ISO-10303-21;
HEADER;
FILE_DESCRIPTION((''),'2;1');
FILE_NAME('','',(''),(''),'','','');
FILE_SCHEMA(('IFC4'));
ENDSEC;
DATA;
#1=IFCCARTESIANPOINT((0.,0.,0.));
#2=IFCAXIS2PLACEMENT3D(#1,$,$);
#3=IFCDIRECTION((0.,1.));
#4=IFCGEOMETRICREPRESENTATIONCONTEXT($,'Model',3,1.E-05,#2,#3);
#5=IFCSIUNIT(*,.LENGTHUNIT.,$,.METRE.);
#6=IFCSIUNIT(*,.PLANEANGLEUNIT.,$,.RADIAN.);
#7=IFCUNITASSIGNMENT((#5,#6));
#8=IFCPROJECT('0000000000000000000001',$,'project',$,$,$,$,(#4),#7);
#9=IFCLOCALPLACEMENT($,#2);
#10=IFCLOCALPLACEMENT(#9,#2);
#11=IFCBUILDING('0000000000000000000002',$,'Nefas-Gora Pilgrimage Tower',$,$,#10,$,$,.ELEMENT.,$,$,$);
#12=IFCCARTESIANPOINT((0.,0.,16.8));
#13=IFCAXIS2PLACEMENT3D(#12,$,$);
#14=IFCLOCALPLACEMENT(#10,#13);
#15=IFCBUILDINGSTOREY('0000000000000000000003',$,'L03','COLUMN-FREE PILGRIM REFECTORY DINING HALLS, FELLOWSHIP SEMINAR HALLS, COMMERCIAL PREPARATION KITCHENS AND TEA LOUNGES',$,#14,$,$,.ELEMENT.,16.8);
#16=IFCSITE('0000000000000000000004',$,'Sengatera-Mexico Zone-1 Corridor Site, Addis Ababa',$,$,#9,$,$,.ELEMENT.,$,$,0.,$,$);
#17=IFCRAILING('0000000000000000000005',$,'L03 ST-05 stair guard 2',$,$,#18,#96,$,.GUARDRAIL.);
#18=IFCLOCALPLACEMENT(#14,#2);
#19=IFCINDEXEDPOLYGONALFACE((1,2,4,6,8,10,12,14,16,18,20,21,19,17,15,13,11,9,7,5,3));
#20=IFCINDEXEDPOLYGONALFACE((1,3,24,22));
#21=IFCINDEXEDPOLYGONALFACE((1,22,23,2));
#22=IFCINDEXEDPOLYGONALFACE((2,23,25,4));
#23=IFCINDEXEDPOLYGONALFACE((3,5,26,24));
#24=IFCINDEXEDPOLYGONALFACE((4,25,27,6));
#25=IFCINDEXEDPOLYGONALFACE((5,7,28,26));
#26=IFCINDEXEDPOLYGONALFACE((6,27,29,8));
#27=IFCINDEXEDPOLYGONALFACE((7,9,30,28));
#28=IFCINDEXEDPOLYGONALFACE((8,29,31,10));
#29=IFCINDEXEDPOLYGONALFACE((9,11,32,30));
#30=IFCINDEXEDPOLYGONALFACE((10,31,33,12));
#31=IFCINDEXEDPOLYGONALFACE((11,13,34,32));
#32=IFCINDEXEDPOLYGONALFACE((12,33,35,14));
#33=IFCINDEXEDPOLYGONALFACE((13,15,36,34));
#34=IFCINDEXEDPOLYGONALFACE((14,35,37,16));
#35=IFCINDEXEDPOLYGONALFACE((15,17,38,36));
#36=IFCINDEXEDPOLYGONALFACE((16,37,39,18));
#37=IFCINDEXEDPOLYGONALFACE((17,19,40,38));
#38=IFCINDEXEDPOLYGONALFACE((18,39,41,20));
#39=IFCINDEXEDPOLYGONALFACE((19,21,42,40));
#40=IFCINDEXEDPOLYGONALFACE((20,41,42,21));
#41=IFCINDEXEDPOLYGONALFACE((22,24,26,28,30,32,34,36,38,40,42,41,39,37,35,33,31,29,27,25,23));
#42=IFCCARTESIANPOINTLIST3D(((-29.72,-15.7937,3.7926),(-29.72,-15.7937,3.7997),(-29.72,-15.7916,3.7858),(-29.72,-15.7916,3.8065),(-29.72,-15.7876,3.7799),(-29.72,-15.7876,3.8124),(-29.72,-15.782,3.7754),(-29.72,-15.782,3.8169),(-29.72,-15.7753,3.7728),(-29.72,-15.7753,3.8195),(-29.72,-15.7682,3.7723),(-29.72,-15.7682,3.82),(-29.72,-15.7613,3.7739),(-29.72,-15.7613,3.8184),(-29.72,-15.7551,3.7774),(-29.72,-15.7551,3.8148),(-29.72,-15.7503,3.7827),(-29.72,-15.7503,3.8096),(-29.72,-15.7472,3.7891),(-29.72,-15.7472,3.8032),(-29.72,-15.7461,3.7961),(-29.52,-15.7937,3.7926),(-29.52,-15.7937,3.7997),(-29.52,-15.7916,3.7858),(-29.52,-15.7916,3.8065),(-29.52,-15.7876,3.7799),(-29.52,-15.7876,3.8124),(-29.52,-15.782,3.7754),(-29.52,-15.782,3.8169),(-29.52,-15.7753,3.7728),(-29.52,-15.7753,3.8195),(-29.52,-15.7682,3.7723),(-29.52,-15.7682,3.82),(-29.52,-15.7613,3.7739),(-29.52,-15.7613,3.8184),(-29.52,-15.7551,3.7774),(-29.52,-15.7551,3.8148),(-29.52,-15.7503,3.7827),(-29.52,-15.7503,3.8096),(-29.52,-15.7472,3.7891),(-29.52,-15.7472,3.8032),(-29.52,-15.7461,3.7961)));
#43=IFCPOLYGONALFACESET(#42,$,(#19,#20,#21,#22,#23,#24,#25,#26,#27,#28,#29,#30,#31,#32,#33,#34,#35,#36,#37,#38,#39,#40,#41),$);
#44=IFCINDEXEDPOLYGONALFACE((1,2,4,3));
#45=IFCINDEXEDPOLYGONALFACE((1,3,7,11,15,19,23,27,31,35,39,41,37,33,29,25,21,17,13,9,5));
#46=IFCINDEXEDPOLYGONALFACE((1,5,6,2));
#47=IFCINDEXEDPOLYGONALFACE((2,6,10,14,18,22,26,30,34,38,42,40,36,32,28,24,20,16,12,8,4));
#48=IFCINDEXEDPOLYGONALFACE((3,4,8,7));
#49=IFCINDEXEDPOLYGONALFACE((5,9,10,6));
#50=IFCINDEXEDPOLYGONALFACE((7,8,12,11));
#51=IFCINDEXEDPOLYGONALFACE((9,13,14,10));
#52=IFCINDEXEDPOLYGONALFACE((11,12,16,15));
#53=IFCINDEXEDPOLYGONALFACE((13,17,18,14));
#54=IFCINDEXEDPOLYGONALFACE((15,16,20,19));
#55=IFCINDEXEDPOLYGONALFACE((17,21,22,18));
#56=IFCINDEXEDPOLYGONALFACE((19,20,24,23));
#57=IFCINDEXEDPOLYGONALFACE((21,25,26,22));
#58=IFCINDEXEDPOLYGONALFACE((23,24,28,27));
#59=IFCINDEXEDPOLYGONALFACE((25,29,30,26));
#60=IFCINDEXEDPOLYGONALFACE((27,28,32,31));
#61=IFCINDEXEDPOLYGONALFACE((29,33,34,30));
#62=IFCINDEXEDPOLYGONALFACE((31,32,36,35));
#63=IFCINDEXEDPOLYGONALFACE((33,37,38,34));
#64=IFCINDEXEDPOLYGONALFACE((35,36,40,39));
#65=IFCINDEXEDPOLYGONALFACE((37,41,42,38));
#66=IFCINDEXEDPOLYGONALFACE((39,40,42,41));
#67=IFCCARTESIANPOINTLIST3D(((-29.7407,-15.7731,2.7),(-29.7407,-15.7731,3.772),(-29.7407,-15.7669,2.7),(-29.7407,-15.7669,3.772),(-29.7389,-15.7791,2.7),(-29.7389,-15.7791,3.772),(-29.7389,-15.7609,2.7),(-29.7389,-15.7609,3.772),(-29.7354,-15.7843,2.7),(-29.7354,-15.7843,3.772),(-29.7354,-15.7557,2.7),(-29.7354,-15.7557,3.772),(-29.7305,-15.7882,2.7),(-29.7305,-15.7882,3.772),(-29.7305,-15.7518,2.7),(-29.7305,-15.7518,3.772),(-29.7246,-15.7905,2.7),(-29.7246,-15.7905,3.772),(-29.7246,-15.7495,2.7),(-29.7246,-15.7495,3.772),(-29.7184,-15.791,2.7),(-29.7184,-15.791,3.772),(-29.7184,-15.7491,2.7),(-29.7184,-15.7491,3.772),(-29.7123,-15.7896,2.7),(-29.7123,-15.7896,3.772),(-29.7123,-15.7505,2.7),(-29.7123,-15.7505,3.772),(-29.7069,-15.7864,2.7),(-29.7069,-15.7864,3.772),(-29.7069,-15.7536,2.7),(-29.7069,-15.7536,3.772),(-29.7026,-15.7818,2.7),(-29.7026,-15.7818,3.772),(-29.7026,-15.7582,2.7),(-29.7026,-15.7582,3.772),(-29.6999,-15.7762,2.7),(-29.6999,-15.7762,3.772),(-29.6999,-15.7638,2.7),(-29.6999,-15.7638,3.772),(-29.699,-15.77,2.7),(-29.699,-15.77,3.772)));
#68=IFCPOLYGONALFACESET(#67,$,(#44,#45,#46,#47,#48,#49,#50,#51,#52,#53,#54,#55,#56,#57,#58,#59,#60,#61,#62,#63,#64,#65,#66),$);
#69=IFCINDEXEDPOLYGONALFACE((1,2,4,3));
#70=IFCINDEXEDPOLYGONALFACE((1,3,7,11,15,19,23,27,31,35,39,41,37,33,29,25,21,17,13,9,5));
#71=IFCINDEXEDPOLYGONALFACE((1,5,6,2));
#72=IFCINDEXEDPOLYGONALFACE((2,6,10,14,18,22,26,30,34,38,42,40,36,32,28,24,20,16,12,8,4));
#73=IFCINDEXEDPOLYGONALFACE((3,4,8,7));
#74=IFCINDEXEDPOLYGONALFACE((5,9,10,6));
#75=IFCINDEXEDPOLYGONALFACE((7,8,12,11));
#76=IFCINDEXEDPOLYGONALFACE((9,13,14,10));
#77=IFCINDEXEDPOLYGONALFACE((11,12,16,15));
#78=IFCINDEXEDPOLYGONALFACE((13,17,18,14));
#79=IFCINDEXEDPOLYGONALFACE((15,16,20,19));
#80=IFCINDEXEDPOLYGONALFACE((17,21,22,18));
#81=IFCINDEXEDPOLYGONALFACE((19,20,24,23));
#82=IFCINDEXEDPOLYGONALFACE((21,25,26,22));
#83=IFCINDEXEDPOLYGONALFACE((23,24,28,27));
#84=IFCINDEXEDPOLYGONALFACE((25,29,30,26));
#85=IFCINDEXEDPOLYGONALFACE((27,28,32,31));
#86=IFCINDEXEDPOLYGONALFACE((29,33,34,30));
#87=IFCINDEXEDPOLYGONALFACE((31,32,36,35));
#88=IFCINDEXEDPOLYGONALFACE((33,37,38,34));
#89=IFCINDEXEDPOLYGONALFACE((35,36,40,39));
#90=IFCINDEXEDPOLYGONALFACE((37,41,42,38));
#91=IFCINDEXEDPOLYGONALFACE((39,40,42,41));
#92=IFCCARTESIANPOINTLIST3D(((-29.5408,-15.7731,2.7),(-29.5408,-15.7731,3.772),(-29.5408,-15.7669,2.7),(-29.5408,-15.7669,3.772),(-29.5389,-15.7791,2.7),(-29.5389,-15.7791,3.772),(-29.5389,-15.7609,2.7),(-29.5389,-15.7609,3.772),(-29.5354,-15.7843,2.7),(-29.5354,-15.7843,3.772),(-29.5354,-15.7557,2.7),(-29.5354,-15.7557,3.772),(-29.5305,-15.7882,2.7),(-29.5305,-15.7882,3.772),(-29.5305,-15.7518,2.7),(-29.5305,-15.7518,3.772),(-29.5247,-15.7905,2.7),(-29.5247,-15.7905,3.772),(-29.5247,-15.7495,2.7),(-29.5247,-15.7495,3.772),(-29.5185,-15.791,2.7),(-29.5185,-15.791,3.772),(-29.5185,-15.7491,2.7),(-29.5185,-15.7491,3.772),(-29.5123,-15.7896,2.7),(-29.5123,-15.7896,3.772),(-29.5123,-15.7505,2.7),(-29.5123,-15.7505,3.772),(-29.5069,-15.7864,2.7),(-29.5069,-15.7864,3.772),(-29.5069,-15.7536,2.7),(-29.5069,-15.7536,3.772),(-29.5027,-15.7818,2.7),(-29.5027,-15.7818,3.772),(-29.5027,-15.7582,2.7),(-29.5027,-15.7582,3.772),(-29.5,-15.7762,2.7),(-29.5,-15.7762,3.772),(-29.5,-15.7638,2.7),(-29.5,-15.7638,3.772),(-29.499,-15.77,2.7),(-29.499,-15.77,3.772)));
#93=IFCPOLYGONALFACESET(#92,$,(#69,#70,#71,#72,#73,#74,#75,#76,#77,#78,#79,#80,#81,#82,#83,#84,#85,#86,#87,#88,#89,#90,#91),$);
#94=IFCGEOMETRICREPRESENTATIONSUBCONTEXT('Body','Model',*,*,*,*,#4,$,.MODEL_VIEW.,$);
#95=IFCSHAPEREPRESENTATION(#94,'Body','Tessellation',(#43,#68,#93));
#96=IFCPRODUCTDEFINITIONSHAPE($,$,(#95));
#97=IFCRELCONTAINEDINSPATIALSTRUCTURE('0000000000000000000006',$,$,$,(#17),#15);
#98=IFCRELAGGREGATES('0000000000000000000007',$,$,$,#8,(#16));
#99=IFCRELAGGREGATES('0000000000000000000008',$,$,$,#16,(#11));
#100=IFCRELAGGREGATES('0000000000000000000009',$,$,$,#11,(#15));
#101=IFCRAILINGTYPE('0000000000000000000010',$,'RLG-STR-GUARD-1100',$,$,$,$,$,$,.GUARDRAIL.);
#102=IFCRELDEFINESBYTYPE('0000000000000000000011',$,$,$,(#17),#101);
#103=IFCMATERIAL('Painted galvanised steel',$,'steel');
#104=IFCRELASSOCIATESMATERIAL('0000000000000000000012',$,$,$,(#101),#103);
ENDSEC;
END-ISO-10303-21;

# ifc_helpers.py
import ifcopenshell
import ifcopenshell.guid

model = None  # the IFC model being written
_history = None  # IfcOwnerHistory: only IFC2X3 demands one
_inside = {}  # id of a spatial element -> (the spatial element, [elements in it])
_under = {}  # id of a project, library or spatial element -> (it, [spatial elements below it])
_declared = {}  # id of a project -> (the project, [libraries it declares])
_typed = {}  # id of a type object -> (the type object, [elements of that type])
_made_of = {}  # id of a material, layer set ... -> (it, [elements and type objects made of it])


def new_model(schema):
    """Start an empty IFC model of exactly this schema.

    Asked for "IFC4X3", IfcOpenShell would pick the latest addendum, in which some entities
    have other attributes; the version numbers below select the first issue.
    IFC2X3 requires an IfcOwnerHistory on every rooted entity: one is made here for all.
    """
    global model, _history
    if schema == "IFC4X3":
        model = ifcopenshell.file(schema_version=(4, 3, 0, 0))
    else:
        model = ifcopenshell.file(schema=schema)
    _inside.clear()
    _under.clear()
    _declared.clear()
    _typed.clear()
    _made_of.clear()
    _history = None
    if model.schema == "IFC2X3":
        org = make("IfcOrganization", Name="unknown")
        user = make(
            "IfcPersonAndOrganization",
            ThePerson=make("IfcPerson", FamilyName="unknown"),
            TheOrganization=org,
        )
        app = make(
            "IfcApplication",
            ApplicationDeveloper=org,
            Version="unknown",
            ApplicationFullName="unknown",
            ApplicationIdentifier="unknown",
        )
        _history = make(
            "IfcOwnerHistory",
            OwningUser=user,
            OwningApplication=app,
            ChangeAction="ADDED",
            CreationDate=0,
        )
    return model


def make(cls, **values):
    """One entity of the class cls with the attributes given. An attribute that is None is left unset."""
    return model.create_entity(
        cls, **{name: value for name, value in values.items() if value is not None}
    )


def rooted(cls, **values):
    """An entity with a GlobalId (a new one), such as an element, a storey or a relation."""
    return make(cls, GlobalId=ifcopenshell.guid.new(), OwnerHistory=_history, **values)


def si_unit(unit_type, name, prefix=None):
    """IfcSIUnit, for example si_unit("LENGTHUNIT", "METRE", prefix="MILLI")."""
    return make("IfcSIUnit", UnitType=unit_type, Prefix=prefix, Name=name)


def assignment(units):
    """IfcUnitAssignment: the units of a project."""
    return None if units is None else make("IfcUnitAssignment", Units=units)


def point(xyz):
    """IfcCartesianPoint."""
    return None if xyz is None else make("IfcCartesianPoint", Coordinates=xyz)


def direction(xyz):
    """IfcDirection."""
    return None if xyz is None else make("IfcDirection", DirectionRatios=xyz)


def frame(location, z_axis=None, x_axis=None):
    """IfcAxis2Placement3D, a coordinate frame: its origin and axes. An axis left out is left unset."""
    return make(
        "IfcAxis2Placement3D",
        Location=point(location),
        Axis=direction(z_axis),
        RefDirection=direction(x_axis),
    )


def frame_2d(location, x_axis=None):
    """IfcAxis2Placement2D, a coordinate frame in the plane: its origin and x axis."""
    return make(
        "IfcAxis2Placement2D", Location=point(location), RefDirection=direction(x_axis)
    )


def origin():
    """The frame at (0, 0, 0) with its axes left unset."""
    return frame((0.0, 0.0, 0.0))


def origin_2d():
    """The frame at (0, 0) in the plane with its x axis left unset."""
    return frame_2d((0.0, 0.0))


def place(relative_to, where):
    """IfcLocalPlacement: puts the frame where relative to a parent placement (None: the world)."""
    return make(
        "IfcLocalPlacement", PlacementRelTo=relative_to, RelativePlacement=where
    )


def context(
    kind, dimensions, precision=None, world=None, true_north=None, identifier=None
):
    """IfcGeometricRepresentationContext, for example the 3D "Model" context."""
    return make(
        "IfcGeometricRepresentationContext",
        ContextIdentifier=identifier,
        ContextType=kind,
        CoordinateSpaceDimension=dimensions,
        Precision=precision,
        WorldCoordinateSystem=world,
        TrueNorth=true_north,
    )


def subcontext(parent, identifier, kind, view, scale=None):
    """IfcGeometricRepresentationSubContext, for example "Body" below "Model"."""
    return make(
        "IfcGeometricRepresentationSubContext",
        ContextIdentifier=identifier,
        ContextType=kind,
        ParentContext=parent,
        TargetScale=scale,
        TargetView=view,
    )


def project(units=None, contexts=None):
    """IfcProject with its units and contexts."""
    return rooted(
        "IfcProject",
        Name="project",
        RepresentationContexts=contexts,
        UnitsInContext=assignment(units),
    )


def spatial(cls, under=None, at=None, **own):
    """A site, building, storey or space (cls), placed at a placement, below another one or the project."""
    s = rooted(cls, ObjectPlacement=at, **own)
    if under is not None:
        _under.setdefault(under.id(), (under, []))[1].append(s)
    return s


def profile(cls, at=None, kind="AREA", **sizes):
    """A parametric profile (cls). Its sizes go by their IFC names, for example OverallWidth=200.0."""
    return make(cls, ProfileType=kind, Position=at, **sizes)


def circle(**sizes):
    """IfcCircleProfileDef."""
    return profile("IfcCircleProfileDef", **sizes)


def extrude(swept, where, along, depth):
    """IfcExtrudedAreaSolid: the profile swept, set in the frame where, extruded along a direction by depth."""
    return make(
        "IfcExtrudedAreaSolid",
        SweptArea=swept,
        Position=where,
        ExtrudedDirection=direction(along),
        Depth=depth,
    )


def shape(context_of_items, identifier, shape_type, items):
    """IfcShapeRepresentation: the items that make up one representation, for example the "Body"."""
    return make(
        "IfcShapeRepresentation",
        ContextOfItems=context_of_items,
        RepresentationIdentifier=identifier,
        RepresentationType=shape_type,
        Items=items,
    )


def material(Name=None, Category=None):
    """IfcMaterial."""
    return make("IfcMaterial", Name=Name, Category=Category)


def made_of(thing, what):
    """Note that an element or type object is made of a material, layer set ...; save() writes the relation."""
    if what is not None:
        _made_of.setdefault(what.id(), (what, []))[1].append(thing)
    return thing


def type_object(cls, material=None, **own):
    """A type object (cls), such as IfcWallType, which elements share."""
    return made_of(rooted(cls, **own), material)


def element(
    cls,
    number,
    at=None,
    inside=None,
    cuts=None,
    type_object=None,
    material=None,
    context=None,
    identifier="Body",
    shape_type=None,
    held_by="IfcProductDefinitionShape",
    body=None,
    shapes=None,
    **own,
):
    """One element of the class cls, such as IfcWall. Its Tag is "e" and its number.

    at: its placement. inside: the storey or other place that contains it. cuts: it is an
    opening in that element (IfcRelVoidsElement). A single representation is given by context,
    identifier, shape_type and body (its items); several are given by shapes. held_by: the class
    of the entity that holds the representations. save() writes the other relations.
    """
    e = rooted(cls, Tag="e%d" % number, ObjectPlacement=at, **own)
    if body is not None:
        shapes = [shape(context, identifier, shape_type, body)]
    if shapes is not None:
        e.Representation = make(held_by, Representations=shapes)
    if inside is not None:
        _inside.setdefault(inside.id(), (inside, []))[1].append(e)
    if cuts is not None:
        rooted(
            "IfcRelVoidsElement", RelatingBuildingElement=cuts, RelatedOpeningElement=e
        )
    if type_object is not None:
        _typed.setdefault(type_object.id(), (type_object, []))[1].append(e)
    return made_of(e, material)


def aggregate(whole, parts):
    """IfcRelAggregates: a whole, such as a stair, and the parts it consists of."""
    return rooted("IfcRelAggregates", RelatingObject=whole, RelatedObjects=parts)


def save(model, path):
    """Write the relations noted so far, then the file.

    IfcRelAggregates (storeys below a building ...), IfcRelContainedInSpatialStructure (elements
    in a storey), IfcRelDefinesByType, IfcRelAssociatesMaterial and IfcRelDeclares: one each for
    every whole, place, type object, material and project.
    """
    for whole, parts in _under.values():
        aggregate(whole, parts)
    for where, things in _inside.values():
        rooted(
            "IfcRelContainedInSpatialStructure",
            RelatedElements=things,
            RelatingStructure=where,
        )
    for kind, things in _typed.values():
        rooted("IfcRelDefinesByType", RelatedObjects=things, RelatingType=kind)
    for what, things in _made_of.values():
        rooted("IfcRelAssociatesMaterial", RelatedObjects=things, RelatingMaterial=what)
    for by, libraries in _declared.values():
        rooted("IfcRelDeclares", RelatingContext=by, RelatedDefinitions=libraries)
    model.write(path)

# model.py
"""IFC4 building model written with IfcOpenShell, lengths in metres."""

from ifc_helpers import new_model, si_unit, direction, frame, origin, origin_2d, place, context, subcontext, project, spatial, circle, extrude, material, type_object, element, save


model = new_model("IFC4")

# Units and contexts
model_context = context("Model", 3, precision=1e-05, world=origin(), true_north=direction((0.0, 1.0)))
body_context = subcontext(model_context, "Body", "Model", "MODEL_VIEW")
ifc_project = project(units=[si_unit("LENGTHUNIT", "METRE"), si_unit("PLANEANGLEUNIT", "RADIAN")], contexts=[model_context])

# Site, building, storey
site_placement = place(None, origin())
site = spatial("IfcSite", under=ifc_project, at=site_placement, Name="Sengatera-Mexico Zone-1 Corridor Site, Addis Ababa", CompositionType="ELEMENT", RefElevation=0.0)
building_placement = place(site_placement, origin())
building = spatial("IfcBuilding", under=site, at=building_placement, Name="Nefas-Gora Pilgrimage Tower", CompositionType="ELEMENT")
storey_placement = place(building_placement, frame((0.0, 0.0, 16.8)))
storey = spatial("IfcBuildingStorey", under=building, at=storey_placement, Name="L03", Description="COLUMN-FREE PILGRIM REFECTORY DINING HALLS, FELLOWSHIP SEMINAR HALLS, COMMERCIAL PREPARATION KITCHENS AND TEA LOUNGES", CompositionType="ELEMENT", Elevation=16.8)

# Railing
ifc_material_1 = material(Name="Painted galvanised steel", Category="steel")
railing_type_1 = type_object("IfcRailingType", Name="RLG-STR-GUARD-1100", PredefinedType="GUARDRAIL", material=ifc_material_1)
railing_1_placement = place(storey_placement, frame((-29.72, -15.77, 2.7)))
element("IfcRailing", 1, at=railing_1_placement, inside=storey, type_object=railing_type_1, Name="L03 ST-05 stair guard 2", PredefinedType="GUARDRAIL", context=body_context, shape_type="SweptSolid", body=[
    extrude(circle(Radius=0.0239, at=origin_2d()), frame((0.0, 0.0, 1.0962), z_axis=(1.0, 0.0, 0.0), x_axis=(0.0, 1.0, 0.0)), (0.0, 0.0, 1.0), 0.2),
    extrude(circle(Radius=0.021, at=origin_2d()), origin(), (0.0, 0.0, 1.0), 1.072),
    extrude(circle(Radius=0.021, at=origin_2d()), frame((0.2, 0.0, 0.0)), (0.0, 0.0, 1.0), 1.072),
])

save(model, "model.ifc")
